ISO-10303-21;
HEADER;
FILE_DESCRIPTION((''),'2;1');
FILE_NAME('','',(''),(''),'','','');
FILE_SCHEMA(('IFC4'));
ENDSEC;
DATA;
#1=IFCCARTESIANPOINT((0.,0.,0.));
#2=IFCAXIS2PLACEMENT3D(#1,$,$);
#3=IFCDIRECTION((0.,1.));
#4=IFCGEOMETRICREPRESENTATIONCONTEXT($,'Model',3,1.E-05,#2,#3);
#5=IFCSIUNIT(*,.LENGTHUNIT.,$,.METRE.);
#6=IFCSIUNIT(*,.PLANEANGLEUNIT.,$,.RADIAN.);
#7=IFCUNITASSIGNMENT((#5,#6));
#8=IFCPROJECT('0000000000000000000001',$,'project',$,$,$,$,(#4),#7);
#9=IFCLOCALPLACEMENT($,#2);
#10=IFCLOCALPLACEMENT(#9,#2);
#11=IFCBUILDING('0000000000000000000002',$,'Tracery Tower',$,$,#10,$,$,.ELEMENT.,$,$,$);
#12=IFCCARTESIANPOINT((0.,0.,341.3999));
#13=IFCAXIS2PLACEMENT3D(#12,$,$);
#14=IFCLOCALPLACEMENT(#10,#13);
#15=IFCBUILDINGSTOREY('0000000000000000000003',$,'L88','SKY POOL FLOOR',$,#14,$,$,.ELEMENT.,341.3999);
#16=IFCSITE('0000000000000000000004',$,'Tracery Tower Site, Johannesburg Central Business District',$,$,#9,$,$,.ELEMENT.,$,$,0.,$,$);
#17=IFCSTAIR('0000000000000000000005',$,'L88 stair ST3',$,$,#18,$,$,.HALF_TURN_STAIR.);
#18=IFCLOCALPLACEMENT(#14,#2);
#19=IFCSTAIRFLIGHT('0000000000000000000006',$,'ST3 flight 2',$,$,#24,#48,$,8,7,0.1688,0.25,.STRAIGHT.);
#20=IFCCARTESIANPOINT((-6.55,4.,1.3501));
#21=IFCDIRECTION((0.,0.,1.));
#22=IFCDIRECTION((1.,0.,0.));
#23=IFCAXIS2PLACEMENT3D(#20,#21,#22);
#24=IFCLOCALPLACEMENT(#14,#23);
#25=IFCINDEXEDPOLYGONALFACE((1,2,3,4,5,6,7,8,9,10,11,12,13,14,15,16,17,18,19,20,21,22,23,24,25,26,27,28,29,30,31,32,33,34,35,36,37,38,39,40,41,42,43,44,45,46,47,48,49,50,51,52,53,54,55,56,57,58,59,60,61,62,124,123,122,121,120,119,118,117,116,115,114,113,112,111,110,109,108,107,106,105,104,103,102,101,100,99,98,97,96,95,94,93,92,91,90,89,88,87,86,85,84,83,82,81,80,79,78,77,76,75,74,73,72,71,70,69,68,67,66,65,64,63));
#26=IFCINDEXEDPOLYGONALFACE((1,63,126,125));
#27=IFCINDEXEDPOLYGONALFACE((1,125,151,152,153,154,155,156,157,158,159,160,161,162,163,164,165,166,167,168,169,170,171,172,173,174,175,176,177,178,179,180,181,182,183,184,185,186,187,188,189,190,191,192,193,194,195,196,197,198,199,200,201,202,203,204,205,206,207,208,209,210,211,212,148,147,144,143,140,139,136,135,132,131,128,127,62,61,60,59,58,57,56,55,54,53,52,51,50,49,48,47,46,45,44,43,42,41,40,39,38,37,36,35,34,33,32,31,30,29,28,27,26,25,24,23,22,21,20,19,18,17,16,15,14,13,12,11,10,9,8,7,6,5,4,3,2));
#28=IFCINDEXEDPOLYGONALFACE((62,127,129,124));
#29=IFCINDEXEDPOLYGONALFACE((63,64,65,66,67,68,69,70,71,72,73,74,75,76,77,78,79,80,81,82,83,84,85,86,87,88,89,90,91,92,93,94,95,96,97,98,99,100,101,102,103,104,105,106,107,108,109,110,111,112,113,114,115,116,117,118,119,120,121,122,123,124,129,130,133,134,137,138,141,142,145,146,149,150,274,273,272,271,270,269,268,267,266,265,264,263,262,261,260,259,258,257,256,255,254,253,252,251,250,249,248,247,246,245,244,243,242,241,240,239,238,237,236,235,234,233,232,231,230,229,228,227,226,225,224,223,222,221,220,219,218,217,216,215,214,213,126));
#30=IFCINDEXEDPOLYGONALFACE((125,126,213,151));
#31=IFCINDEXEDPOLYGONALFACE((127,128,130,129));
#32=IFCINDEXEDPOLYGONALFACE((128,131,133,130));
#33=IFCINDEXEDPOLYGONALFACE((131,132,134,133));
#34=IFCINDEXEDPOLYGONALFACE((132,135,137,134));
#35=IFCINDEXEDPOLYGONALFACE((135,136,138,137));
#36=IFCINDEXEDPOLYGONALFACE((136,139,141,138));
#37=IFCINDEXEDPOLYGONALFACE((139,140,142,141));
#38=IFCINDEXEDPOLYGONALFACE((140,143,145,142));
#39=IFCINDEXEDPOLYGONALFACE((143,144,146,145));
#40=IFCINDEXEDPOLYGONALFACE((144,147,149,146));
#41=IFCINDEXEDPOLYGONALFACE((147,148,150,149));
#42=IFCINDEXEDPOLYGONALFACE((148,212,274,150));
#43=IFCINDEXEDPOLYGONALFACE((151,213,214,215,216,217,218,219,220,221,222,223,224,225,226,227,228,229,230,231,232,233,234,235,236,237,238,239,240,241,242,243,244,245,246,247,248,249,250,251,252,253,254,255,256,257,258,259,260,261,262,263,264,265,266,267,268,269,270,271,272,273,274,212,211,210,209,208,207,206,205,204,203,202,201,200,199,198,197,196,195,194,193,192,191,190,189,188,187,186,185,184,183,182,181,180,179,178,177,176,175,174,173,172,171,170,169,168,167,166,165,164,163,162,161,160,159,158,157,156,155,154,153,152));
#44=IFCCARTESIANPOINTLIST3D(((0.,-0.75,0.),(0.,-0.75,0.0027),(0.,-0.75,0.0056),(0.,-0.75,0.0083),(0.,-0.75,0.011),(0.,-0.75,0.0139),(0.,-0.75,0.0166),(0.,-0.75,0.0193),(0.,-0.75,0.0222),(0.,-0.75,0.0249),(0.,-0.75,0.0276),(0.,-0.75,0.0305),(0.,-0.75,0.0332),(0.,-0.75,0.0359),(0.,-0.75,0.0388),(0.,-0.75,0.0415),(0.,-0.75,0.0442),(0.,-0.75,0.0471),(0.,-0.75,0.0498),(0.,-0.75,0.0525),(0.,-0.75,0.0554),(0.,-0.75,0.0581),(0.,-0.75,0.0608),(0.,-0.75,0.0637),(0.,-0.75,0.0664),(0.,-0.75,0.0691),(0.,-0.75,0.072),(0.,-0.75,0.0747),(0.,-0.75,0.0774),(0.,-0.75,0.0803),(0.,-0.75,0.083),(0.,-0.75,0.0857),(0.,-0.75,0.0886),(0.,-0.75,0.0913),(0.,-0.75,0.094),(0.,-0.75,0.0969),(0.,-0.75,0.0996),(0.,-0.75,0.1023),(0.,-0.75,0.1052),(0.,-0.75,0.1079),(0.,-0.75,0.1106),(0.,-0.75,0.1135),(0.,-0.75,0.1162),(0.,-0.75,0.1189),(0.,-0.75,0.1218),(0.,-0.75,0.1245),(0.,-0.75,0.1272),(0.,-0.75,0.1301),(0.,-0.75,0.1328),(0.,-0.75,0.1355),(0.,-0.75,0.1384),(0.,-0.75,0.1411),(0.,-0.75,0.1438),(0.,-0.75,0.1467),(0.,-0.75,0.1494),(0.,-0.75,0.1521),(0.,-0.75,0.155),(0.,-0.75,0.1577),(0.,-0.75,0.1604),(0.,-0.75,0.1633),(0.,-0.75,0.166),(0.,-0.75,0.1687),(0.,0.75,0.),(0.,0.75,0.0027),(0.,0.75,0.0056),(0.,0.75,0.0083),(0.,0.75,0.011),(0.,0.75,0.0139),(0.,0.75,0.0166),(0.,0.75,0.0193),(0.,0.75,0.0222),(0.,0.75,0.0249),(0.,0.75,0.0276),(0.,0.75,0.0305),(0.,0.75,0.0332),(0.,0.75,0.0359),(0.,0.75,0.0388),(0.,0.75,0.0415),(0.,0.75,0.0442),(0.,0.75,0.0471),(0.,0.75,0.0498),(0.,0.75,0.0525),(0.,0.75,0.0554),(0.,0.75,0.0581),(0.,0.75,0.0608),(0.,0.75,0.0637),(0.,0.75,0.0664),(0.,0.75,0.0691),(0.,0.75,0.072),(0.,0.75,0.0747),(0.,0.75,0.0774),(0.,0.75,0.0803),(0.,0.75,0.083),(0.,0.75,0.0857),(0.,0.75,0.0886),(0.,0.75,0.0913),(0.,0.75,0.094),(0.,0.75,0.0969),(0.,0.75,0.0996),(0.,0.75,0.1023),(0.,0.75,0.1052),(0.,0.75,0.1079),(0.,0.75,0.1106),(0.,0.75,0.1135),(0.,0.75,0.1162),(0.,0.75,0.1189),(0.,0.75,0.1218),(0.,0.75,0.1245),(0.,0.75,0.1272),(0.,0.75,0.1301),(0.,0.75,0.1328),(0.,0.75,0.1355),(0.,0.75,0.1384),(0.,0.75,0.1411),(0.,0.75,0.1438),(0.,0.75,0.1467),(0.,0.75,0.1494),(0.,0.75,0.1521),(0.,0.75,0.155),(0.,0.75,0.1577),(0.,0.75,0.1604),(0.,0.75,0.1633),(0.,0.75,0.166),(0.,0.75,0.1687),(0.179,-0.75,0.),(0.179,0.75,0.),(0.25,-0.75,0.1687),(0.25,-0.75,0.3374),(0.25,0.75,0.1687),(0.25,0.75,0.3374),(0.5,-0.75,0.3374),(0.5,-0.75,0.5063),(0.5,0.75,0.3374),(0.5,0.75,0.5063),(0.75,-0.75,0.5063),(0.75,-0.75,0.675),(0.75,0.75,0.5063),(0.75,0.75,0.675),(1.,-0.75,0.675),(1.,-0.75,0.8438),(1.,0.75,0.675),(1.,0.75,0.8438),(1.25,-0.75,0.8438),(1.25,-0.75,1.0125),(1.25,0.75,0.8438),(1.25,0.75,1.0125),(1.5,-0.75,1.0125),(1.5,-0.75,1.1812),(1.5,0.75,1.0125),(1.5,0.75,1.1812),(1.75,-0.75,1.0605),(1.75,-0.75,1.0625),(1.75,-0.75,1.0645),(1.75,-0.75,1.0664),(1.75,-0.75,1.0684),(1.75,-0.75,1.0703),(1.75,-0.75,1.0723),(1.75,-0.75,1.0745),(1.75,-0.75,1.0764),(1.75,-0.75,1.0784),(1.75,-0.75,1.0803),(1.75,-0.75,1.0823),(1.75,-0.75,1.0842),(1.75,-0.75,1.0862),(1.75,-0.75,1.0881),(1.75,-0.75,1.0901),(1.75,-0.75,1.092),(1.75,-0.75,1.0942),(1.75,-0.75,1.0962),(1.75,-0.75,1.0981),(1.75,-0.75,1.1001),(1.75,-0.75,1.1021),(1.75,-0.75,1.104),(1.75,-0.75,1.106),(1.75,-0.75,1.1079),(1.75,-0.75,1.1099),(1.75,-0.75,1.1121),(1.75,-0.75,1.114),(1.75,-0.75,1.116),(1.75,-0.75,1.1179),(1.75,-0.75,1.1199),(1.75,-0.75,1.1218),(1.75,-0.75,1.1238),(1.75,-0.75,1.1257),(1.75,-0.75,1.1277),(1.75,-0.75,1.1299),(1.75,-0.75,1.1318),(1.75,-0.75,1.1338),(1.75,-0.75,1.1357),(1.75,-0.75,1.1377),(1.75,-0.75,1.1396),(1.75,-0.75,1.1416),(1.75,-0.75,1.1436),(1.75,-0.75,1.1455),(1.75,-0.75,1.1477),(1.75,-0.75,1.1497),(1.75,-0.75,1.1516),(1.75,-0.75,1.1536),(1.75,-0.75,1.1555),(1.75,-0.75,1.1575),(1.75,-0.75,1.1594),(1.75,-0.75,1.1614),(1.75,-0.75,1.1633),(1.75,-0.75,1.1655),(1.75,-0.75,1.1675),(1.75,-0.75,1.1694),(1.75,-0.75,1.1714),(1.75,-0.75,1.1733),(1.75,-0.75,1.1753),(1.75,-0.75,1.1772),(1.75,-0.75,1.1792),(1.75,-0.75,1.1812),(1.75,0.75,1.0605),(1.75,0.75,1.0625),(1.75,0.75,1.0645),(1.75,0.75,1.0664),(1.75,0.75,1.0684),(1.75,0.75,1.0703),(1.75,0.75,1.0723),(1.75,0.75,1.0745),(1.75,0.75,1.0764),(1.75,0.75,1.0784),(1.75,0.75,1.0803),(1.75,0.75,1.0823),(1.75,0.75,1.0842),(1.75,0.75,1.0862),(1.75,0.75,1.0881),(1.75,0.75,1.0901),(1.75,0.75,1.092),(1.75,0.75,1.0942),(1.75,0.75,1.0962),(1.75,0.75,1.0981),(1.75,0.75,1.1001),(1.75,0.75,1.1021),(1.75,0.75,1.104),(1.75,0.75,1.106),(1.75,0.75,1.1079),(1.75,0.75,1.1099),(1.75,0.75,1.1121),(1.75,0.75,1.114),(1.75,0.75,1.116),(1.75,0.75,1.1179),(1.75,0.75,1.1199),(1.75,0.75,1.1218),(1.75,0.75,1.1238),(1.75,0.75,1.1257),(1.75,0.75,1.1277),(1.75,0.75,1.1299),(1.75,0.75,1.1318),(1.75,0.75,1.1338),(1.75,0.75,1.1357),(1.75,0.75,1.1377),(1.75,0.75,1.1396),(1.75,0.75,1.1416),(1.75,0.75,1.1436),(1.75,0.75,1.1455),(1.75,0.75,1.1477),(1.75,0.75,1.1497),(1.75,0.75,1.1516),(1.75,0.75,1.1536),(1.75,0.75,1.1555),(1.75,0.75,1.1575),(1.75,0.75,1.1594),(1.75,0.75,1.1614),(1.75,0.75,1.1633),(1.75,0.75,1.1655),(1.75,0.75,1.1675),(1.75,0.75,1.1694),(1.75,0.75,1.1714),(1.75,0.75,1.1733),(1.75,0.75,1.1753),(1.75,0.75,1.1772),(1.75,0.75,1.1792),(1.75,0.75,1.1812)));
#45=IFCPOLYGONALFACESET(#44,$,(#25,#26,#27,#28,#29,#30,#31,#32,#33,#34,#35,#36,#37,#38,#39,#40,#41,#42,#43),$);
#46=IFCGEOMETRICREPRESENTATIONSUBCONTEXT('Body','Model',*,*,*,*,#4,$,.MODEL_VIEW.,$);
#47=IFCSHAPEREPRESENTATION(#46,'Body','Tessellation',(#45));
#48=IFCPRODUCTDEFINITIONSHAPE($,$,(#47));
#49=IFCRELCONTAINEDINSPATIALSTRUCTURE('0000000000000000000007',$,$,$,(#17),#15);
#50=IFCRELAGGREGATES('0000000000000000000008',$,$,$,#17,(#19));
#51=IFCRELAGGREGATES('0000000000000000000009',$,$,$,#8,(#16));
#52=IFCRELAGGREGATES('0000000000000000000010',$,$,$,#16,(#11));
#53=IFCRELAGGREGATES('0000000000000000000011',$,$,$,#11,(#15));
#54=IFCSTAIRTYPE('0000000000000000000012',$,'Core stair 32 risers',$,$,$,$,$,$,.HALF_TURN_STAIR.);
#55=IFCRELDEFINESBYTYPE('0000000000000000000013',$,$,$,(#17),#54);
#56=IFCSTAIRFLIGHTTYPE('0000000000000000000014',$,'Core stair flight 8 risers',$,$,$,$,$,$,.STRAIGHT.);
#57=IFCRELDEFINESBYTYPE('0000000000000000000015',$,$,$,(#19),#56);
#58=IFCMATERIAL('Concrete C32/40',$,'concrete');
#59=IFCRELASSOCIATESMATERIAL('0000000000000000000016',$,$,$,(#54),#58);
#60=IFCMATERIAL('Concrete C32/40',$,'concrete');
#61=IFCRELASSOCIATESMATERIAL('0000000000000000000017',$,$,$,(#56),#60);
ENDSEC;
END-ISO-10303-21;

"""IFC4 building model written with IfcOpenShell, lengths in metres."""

from ifc_helpers import new_model, si_unit, direction, frame, origin, place, context, subcontext, project, spatial, polyline, outline, extrude, material, type_object, element, aggregate, save


model = new_model("IFC4")

# Units and contexts
model_context = context("Model", 3, precision=1e-05, world=origin(), true_north=direction((0.0, 1.0)))
body_context = subcontext(model_context, "Body", "Model", "MODEL_VIEW")
ifc_project = project(units=[si_unit("LENGTHUNIT", "METRE"), si_unit("PLANEANGLEUNIT", "RADIAN")], contexts=[model_context])

# Site, building, storey
site_placement = place(None, origin())
site = spatial("IfcSite", under=ifc_project, at=site_placement, Name="Tracery Tower Site, Johannesburg Central Business District", CompositionType="ELEMENT", RefElevation=0.0)
building_placement = place(site_placement, origin())
building = spatial("IfcBuilding", under=site, at=building_placement, Name="Tracery Tower", CompositionType="ELEMENT")
storey_placement = place(building_placement, frame((0.0, 0.0, 341.3999)))
storey = spatial("IfcBuildingStorey", under=building, at=storey_placement, Name="L88", Description="SKY POOL FLOOR", CompositionType="ELEMENT", Elevation=341.3999)

# Shared definitions
ifc_material_1 = material(Name="Concrete C32/40", Category="concrete")
stair_type = type_object("IfcStairType", Name="Core stair 32 risers", PredefinedType="HALF_TURN_STAIR", material=ifc_material_1)

# Stair, stair flight
stair_1_placement = place(storey_placement, origin())
stair_1 = element("IfcStair", 1, at=stair_1_placement, inside=storey, type_object=stair_type, Name="L88 stair ST3", PredefinedType="HALF_TURN_STAIR")
ifc_material_2 = material(Name="Concrete C32/40", Category="concrete")
stair_flight_type = type_object("IfcStairFlightType", Name="Core stair flight 8 risers", PredefinedType="STRAIGHT", material=ifc_material_2)
stair_flight_1_placement = place(storey_placement, frame((-6.55, 4.0, 1.3501), z_axis=(0.0, 0.0, 1.0), x_axis=(1.0, 0.0, 0.0)))
stair_flight_1 = element("IfcStairFlight", 2, at=stair_flight_1_placement, type_object=stair_flight_type, Name="ST3 flight 2", NumberOfRisers=8, NumberOfTreads=7, PredefinedType="STRAIGHT", RiserHeight=0.1688, TreadLength=0.25, context=body_context, shape_type="SweptSolid", body=[
    extrude(outline(polyline([(0.0, 0.0), (0.0, 0.0027), (0.0, 0.0056), (0.0, 0.0083), (0.0, 0.011), (0.0, 0.0139), (0.0, 0.0166), (0.0, 0.0193), (0.0, 0.0222), (0.0, 0.0249), (0.0, 0.0276), (0.0, 0.0305), (0.0, 0.0332), (0.0, 0.0359), (0.0, 0.0388), (0.0, 0.0415), (0.0, 0.0442), (0.0, 0.0471), (0.0, 0.0498), (0.0, 0.0525), (0.0, 0.0554), (0.0, 0.0581), (0.0, 0.0608), (0.0, 0.0637), (0.0, 0.0664), (0.0, 0.0691), (0.0, 0.072), (0.0, 0.0747), (0.0, 0.0774), (0.0, 0.0803), (0.0, 0.083), (0.0, 0.0857), (0.0, 0.0886), (0.0, 0.0913), (0.0, 0.094), (0.0, 0.0969), (0.0, 0.0996), (0.0, 0.1023), (0.0, 0.1052), (0.0, 0.1079), (0.0, 0.1106), (0.0, 0.1135), (0.0, 0.1162), (0.0, 0.1189), (0.0, 0.1218), (0.0, 0.1245), (0.0, 0.1272), (0.0, 0.1301), (0.0, 0.1328), (0.0, 0.1355), (0.0, 0.1384), (0.0, 0.1411), (0.0, 0.1438), (0.0, 0.1467), (0.0, 0.1494), (0.0, 0.1521), (0.0, 0.155), (0.0, 0.1577), (0.0, 0.1604), (0.0, 0.1633), (0.0, 0.166), (0.0, 0.1687), (0.25, 0.1687), (0.25, 0.3374), (0.5, 0.3374), (0.5, 0.5063), (0.75, 0.5063), (0.75, 0.675), (1.0, 0.675), (1.0, 0.8438), (1.25, 0.8438), (1.25, 1.0125), (1.5, 1.0125), (1.5, 1.1812), (1.75, 1.1812), (1.75, 1.1792), (1.75, 1.1772), (1.75, 1.1753), (1.75, 1.1733), (1.75, 1.1714), (1.75, 1.1694), (1.75, 1.1675), (1.75, 1.1655), (1.75, 1.1633), (1.75, 1.1614), (1.75, 1.1594), (1.75, 1.1575), (1.75, 1.1555), (1.75, 1.1536), (1.75, 1.1516), (1.75, 1.1497), (1.75, 1.1477), (1.75, 1.1455), (1.75, 1.1436), (1.75, 1.1416), (1.75, 1.1396), (1.75, 1.1377), (1.75, 1.1357), (1.75, 1.1338), (1.75, 1.1318), (1.75, 1.1299), (1.75, 1.1277), (1.75, 1.1257), (1.75, 1.1238), (1.75, 1.1218), (1.75, 1.1199), (1.75, 1.1179), (1.75, 1.116), (1.75, 1.114), (1.75, 1.1121), (1.75, 1.1099), (1.75, 1.1079), (1.75, 1.106), (1.75, 1.104), (1.75, 1.1021), (1.75, 1.1001), (1.75, 1.0981), (1.75, 1.0962), (1.75, 1.0942), (1.75, 1.092), (1.75, 1.0901), (1.75, 1.0881), (1.75, 1.0862), (1.75, 1.0842), (1.75, 1.0823), (1.75, 1.0803), (1.75, 1.0784), (1.75, 1.0764), (1.75, 1.0745), (1.75, 1.0723), (1.75, 1.0703), (1.75, 1.0684), (1.75, 1.0664), (1.75, 1.0645), (1.75, 1.0625), (1.75, 1.0605), (0.179, 0.0), (0.0, 0.0)])), frame((0.0, 0.75, 0.0), z_axis=(0.0, -1.0, 0.0), x_axis=(1.0, 0.0, 0.0)), (0.0, 0.0, 1.0), 1.5),
])
aggregate(stair_1, [stair_flight_1])

save(model, "model.ifc")
